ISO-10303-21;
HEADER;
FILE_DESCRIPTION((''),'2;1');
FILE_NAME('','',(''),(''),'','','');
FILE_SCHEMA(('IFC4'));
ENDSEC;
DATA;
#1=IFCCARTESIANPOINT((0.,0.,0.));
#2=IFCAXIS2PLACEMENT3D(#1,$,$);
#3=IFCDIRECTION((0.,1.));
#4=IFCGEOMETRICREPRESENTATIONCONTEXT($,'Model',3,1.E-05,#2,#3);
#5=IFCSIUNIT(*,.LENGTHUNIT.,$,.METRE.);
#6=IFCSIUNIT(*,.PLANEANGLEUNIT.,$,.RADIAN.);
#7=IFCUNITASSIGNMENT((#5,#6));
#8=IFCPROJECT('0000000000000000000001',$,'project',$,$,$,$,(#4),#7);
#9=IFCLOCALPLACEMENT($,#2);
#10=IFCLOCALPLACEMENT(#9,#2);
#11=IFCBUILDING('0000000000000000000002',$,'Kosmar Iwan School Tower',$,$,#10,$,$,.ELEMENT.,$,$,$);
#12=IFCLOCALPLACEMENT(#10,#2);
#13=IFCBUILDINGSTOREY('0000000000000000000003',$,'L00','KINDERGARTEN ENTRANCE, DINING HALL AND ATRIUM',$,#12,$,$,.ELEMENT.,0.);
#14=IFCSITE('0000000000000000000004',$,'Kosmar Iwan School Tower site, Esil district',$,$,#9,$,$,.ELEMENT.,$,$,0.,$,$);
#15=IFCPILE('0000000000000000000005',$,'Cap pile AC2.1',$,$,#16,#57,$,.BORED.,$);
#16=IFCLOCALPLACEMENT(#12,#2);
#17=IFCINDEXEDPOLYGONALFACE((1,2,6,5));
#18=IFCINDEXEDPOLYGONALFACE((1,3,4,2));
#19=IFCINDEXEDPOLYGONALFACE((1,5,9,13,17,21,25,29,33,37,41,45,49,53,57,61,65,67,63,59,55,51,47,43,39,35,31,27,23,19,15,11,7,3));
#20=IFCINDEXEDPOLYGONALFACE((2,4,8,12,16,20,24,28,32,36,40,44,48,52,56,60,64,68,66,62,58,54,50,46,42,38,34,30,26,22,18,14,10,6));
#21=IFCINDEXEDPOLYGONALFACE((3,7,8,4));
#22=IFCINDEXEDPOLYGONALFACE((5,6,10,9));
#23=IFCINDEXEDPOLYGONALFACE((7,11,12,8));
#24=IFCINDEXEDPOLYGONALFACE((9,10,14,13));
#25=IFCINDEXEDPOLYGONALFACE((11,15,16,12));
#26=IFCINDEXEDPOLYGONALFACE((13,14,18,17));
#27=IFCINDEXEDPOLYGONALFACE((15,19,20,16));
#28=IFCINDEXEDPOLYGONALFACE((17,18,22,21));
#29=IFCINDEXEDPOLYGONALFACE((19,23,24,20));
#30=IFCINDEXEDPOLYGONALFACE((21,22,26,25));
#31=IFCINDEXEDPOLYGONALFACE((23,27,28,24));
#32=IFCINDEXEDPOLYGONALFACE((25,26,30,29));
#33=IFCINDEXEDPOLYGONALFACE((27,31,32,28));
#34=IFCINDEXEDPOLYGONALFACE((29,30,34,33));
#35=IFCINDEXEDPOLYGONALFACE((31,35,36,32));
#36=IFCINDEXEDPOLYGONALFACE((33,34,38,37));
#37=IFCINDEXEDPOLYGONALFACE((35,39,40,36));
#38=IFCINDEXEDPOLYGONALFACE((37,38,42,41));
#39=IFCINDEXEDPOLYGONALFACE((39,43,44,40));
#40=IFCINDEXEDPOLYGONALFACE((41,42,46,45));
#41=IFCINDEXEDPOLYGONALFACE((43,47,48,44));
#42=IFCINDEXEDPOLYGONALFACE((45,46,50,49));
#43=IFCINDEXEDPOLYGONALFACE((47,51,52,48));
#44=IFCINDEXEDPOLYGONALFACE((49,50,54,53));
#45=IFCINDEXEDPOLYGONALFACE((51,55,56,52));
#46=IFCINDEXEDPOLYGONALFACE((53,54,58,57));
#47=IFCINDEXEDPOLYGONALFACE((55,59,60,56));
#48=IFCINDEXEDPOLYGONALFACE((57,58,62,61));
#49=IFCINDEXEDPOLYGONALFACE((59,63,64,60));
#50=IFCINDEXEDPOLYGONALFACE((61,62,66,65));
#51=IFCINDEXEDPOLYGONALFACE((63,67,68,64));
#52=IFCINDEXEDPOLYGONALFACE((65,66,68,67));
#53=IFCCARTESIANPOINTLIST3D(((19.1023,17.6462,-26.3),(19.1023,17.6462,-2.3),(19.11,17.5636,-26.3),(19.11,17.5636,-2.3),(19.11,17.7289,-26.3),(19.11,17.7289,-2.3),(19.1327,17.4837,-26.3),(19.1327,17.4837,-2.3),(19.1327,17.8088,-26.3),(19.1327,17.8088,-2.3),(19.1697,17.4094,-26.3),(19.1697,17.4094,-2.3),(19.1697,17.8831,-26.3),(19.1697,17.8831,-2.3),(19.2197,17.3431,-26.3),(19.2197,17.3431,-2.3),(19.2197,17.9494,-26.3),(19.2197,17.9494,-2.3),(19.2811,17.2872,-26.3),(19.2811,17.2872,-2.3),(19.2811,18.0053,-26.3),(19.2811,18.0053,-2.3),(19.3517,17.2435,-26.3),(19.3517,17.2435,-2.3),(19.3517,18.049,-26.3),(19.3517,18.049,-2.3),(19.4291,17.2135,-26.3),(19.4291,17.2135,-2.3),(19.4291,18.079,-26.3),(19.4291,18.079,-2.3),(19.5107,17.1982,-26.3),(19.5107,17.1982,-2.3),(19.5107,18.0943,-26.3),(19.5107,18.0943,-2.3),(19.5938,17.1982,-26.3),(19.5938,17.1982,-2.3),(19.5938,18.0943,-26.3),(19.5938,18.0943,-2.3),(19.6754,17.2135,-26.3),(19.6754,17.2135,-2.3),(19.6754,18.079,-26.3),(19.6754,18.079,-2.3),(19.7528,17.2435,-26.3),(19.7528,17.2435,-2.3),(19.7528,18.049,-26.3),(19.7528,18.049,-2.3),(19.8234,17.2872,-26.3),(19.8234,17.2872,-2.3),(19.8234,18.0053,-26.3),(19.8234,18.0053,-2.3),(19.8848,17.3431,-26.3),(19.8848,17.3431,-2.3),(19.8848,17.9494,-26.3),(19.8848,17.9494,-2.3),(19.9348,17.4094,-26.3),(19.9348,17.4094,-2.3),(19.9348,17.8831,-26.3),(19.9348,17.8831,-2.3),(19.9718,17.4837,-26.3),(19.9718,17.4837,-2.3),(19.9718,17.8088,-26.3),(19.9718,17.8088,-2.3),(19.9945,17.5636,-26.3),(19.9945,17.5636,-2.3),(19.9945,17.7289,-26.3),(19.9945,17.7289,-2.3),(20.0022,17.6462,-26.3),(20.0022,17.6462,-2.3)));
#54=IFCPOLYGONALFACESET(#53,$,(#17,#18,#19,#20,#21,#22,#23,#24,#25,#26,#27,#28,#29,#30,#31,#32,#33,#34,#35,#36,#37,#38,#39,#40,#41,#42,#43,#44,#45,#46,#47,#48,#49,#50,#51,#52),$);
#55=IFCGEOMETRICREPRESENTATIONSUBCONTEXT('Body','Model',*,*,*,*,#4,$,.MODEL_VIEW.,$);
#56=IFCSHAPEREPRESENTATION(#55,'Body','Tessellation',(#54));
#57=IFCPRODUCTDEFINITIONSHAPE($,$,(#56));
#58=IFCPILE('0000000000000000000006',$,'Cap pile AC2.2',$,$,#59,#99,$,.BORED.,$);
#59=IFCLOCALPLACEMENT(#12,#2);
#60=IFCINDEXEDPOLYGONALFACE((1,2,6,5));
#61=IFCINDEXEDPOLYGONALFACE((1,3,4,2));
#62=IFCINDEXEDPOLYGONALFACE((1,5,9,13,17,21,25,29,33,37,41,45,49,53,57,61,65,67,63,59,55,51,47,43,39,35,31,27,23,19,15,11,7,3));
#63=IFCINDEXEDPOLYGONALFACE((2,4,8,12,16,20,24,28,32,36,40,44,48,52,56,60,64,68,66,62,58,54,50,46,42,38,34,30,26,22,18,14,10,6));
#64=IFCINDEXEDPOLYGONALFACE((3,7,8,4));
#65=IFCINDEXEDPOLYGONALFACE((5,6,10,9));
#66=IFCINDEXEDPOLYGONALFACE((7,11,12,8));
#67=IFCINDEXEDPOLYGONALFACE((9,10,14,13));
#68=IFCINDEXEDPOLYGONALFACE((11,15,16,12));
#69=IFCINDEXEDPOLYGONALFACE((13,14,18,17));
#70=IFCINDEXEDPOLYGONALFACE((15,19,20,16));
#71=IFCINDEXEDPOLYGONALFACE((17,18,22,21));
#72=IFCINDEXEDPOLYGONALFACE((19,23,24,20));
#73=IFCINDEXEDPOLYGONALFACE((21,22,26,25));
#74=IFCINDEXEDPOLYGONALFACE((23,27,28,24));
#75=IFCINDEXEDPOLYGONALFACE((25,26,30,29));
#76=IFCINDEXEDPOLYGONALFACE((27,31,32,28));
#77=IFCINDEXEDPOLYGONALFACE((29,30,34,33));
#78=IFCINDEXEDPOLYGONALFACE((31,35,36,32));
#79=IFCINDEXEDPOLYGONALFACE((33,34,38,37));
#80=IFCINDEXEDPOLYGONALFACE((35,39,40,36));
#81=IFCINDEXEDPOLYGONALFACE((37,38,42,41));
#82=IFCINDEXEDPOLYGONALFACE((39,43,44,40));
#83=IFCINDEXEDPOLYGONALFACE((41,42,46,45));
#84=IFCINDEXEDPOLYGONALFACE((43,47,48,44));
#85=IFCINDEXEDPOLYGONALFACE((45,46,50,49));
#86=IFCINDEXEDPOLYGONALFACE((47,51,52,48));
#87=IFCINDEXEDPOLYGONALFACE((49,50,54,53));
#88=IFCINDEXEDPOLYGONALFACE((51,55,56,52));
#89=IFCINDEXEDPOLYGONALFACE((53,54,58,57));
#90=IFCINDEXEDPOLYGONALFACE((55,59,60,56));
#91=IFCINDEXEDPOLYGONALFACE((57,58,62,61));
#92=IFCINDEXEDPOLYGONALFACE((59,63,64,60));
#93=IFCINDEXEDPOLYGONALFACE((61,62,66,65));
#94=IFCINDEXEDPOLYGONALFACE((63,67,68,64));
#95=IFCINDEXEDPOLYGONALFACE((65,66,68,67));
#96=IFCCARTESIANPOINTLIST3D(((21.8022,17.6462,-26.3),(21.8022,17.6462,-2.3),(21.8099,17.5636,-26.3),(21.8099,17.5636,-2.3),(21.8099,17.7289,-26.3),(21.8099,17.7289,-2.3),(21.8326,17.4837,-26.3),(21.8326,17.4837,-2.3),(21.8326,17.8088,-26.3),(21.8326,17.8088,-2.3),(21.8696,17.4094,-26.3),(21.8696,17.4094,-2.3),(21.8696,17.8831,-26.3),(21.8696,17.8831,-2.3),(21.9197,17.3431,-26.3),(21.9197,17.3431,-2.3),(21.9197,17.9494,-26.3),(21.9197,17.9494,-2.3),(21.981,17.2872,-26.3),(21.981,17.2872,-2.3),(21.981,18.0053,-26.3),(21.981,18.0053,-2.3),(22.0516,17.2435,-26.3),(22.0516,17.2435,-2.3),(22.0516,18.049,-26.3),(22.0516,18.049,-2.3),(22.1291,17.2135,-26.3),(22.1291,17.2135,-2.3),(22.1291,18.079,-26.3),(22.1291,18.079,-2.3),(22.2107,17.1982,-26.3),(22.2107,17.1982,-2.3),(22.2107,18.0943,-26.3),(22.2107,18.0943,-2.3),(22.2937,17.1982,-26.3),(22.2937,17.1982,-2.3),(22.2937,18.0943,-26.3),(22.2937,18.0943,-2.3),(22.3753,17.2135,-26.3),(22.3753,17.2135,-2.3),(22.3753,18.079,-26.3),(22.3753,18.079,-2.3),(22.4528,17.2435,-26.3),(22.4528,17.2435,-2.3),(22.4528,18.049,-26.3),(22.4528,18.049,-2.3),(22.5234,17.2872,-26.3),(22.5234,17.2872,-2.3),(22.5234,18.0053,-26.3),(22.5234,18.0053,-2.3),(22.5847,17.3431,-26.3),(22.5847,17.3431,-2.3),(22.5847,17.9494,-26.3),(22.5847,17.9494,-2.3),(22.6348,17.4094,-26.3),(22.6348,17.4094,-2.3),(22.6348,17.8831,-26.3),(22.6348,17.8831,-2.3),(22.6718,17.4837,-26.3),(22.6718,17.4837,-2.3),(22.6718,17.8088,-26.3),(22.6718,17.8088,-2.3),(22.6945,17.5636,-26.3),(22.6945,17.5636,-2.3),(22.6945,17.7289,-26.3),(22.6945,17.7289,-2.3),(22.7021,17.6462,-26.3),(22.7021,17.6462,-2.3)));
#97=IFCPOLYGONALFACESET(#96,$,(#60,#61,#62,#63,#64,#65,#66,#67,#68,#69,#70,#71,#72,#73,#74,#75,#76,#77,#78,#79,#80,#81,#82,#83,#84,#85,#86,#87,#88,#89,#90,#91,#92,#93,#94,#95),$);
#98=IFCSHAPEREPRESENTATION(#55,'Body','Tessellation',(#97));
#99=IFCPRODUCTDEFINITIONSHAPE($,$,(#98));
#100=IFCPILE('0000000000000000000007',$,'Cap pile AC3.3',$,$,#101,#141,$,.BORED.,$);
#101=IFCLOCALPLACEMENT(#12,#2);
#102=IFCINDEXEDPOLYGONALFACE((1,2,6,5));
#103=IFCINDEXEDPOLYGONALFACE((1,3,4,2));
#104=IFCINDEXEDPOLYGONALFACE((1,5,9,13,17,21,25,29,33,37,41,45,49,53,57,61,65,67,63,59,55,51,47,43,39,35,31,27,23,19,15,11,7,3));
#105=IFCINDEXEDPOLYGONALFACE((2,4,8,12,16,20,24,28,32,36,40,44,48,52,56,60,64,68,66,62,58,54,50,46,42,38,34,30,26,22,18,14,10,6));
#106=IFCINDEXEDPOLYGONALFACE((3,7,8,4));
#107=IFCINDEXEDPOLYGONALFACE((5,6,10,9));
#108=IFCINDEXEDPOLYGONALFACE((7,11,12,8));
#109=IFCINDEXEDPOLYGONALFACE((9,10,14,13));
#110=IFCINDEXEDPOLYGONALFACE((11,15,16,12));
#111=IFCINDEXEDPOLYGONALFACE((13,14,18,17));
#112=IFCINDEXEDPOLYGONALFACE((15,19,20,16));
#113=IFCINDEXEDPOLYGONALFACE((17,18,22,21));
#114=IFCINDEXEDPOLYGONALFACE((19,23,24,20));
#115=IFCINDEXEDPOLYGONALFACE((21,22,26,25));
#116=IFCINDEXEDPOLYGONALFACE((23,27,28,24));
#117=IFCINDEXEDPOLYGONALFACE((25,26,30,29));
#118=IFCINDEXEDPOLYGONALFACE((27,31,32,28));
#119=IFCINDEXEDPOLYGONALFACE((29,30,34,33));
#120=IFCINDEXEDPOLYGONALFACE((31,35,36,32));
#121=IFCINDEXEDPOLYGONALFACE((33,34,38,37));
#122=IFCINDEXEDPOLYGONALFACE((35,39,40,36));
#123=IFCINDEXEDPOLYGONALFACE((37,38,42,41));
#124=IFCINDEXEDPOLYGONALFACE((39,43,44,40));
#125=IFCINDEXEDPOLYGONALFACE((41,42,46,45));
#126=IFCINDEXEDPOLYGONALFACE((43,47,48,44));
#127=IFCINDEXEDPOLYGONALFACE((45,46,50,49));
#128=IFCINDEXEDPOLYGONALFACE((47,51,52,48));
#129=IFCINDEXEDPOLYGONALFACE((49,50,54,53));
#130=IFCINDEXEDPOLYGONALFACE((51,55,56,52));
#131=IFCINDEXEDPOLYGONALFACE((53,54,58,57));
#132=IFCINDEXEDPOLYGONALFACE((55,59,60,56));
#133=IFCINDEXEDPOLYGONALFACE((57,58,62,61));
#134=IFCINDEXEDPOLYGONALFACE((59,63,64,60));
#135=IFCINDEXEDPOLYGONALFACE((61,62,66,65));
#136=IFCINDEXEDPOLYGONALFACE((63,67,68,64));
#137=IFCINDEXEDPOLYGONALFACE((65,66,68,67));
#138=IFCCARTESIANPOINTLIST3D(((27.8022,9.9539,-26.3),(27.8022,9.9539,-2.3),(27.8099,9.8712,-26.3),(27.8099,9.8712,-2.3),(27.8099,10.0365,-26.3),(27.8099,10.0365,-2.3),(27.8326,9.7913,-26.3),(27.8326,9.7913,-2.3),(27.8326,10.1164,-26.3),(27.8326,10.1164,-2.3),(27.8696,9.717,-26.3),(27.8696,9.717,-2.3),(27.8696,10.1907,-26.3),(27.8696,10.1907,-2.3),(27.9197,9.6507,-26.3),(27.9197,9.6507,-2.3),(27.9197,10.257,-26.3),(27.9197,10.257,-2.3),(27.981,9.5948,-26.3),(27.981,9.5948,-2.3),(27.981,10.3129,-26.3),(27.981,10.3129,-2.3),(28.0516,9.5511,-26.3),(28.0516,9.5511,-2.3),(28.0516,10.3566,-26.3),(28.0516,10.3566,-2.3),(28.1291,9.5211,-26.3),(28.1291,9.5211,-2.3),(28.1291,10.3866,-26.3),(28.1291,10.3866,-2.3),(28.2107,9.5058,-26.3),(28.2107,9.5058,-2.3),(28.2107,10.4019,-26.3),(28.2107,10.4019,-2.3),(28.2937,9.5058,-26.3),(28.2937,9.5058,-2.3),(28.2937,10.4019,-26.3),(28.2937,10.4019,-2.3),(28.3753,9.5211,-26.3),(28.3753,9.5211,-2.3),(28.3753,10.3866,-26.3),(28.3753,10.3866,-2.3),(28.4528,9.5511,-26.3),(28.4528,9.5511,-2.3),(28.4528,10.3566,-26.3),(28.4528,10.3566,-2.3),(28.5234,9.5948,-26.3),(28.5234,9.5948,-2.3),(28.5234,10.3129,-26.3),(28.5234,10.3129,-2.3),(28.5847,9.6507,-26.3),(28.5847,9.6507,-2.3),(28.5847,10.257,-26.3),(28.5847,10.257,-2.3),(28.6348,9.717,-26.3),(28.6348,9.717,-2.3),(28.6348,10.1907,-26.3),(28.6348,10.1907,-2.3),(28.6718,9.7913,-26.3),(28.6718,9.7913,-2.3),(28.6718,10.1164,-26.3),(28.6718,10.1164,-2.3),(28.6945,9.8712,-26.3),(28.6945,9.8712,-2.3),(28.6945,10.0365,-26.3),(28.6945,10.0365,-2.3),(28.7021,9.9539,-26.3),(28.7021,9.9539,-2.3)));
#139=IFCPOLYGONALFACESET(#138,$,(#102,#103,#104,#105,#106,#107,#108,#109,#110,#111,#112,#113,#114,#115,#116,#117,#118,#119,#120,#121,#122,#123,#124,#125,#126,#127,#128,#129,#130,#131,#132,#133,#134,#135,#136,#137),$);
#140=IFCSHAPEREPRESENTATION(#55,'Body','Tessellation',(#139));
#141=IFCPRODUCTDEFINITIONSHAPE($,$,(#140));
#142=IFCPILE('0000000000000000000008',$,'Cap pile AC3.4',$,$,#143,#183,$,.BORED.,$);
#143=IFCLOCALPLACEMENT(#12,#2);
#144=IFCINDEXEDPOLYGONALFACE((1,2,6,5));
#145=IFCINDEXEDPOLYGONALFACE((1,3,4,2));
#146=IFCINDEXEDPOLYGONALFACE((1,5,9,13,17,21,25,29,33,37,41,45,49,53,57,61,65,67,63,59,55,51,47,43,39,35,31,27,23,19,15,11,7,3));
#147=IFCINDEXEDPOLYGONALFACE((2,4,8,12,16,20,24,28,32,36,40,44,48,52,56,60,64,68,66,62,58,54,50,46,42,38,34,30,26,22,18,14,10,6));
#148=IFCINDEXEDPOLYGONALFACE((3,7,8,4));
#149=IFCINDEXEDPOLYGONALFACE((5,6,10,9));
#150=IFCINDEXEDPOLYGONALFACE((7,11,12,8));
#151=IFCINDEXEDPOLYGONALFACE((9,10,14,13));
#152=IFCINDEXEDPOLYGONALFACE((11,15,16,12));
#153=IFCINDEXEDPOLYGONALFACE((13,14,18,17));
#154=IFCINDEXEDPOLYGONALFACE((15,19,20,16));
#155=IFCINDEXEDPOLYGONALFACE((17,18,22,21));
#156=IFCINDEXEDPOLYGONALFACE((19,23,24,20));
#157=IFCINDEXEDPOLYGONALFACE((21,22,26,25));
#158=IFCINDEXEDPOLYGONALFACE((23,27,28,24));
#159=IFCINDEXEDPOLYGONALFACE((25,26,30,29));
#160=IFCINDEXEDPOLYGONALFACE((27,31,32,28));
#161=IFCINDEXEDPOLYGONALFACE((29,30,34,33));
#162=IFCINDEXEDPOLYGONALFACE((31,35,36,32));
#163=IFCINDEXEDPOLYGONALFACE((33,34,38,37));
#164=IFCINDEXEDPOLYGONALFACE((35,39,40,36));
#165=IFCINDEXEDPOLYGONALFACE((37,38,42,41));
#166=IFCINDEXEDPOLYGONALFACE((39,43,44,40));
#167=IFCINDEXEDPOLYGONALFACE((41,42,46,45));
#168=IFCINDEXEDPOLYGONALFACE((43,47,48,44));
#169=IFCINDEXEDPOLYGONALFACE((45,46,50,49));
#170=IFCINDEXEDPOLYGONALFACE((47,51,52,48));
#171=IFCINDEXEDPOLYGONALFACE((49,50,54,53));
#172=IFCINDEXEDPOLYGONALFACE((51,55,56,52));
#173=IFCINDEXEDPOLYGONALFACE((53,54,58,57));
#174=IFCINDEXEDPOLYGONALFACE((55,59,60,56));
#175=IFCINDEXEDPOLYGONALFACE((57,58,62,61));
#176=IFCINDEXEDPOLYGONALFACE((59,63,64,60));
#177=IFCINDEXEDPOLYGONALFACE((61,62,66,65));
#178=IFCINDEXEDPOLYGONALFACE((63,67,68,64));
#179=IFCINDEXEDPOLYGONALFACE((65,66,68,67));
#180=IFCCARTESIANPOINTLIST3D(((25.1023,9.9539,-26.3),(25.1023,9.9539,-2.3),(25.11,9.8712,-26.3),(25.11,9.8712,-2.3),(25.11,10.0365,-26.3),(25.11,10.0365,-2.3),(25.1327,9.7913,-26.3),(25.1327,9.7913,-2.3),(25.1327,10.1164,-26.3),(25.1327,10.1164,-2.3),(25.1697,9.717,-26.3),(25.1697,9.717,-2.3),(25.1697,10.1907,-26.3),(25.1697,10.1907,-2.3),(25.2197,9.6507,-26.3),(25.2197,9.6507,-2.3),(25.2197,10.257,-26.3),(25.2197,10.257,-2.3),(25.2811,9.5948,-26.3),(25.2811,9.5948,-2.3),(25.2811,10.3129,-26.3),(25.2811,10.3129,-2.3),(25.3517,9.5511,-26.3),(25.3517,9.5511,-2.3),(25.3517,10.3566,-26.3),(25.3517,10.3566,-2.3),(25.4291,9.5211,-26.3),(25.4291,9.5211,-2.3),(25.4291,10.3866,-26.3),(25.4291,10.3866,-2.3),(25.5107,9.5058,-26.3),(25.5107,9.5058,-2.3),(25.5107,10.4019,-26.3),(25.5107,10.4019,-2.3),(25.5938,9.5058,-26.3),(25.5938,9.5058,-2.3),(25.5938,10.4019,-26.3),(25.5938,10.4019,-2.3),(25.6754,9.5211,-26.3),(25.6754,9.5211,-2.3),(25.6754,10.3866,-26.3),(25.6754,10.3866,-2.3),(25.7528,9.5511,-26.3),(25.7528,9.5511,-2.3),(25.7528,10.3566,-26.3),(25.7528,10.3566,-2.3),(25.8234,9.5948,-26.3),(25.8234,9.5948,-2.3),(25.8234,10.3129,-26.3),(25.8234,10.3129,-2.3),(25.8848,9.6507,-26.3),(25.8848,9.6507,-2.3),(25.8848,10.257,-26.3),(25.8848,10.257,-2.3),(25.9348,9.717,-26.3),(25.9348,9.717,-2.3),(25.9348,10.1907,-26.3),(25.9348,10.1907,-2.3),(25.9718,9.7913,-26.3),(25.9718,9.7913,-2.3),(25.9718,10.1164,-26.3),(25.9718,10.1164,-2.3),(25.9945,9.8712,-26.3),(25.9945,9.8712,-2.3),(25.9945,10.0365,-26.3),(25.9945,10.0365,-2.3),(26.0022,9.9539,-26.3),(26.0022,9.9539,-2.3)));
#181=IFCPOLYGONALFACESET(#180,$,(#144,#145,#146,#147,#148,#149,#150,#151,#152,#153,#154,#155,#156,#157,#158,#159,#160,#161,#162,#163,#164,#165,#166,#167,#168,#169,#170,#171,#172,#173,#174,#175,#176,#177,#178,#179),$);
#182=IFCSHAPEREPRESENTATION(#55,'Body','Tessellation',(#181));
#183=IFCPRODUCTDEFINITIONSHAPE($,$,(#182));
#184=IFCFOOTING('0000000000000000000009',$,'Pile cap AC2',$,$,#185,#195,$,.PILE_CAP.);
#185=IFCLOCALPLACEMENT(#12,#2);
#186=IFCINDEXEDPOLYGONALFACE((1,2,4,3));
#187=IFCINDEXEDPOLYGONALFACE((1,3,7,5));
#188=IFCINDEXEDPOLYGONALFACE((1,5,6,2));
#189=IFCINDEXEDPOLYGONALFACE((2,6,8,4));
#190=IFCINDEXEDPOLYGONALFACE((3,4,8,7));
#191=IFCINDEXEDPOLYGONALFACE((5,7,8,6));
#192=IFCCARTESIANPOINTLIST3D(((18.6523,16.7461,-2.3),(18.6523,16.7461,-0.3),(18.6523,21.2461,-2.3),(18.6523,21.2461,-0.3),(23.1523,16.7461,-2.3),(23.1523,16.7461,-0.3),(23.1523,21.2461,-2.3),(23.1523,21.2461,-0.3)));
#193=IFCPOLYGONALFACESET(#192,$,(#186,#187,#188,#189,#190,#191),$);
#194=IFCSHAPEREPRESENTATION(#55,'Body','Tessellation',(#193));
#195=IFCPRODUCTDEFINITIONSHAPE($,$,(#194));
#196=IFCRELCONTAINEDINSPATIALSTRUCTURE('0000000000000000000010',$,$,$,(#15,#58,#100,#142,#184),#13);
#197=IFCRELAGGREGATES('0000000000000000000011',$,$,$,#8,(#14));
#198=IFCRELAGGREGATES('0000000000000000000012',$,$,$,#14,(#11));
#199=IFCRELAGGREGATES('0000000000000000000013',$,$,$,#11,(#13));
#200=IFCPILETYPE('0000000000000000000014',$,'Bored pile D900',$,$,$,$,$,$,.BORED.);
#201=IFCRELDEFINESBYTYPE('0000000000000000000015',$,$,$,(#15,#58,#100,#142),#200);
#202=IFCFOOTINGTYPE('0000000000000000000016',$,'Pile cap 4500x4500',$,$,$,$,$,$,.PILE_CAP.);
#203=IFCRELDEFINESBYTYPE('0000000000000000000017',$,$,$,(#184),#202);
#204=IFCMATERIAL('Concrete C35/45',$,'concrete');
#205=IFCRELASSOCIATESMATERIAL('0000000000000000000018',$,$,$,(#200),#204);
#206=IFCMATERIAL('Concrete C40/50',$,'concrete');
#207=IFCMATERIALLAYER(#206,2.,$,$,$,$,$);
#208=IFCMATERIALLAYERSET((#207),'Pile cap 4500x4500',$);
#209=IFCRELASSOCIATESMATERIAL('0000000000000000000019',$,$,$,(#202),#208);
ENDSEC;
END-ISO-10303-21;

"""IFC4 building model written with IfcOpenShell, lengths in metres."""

from ifc_helpers import new_model, si_unit, direction, frame, origin, origin_2d, place, context, subcontext, project, spatial, rectangle, circle, extrude, material, layer, layer_set, material_profile, profile_set, type_object, element, save


model = new_model("IFC4")

# Units and contexts
model_context = context("Model", 3, precision=1e-05, world=origin(), true_north=direction((0.0, 1.0)))
body_context = subcontext(model_context, "Body", "Model", "MODEL_VIEW")
ifc_project = project(units=[si_unit("LENGTHUNIT", "METRE"), si_unit("PLANEANGLEUNIT", "RADIAN")], contexts=[model_context])

# Site, building, storey
site_placement = place(None, origin())
site = spatial("IfcSite", under=ifc_project, at=site_placement, Name="Kosmar Iwan School Tower site, Esil district", CompositionType="ELEMENT", RefElevation=0.0)
building_placement = place(site_placement, origin())
building = spatial("IfcBuilding", under=site, at=building_placement, Name="Kosmar Iwan School Tower", CompositionType="ELEMENT")
storey_placement = place(building_placement, origin())
storey = spatial("IfcBuildingStorey", under=building, at=storey_placement, Name="L00", Description="KINDERGARTEN ENTRANCE, DINING HALL AND ATRIUM", CompositionType="ELEMENT", Elevation=0.0)

# Piles
ifc_material_1 = material(Name="Concrete C35/45", Category="concrete")
ifc_material_profile_1 = material_profile(ifc_material_1, circle(Radius=0.45, at=origin_2d()), Name="D900")
ifc_profile_set_1 = profile_set([ifc_material_profile_1], Name="Concrete C35/45")
pile_type = type_object("IfcPileType", Name="Bored pile D900", PredefinedType="BORED", material=ifc_profile_set_1)
for number, where, z_axis, x_axis, name in (
    (1, (19.5522, 17.6462, -2.3), (0.0, 0.0, -1.0), (1.0, 0.0, 0.0), "Cap pile AC2.1"),
    (2, (22.2522, 17.6462, -2.3), (0.0, 0.0, -1.0), (1.0, 0.0, 0.0), "Cap pile AC2.2"),
    (3, (28.2522, 9.9539, -2.3), (0.0, 0.0, -1.0), (1.0, 0.0, 0.0), "Cap pile AC3.3"),
    (4, (25.5522, 9.9539, -2.3), (0.0, 0.0, -1.0), (1.0, 0.0, 0.0), "Cap pile AC3.4"),
):
    element("IfcPile", number, at=place(storey_placement, frame(where, z_axis=z_axis, x_axis=x_axis)), inside=storey, type_object=pile_type, Name=name, PredefinedType="BORED", context=body_context, shape_type="SweptSolid", body=[
        extrude(circle(Radius=0.45, at=origin_2d()), origin(), (0.0, 0.0, 1.0), 24.0),
    ])

# Footing
ifc_material_2 = material(Name="Concrete C40/50", Category="concrete")
ifc_layer_1 = layer(ifc_material_2, 2.0)
ifc_layer_set_1 = layer_set([ifc_layer_1], Name="Pile cap 4500x4500")
footing_type = type_object("IfcFootingType", Name="Pile cap 4500x4500", PredefinedType="PILE_CAP", material=ifc_layer_set_1)
footing_placement = place(storey_placement, frame((20.9023, 18.9961, -2.3), z_axis=(0.0, 0.0, 1.0), x_axis=(1.0, 0.0, 0.0)))
element("IfcFooting", 5, at=footing_placement, inside=storey, type_object=footing_type, Name="Pile cap AC2", PredefinedType="PILE_CAP", context=body_context, shape_type="SweptSolid", body=[
    extrude(rectangle(XDim=4.5, YDim=4.5, at=origin_2d()), origin(), (0.0, 0.0, 1.0), 2.0),
])

save(model, "model.ifc")
